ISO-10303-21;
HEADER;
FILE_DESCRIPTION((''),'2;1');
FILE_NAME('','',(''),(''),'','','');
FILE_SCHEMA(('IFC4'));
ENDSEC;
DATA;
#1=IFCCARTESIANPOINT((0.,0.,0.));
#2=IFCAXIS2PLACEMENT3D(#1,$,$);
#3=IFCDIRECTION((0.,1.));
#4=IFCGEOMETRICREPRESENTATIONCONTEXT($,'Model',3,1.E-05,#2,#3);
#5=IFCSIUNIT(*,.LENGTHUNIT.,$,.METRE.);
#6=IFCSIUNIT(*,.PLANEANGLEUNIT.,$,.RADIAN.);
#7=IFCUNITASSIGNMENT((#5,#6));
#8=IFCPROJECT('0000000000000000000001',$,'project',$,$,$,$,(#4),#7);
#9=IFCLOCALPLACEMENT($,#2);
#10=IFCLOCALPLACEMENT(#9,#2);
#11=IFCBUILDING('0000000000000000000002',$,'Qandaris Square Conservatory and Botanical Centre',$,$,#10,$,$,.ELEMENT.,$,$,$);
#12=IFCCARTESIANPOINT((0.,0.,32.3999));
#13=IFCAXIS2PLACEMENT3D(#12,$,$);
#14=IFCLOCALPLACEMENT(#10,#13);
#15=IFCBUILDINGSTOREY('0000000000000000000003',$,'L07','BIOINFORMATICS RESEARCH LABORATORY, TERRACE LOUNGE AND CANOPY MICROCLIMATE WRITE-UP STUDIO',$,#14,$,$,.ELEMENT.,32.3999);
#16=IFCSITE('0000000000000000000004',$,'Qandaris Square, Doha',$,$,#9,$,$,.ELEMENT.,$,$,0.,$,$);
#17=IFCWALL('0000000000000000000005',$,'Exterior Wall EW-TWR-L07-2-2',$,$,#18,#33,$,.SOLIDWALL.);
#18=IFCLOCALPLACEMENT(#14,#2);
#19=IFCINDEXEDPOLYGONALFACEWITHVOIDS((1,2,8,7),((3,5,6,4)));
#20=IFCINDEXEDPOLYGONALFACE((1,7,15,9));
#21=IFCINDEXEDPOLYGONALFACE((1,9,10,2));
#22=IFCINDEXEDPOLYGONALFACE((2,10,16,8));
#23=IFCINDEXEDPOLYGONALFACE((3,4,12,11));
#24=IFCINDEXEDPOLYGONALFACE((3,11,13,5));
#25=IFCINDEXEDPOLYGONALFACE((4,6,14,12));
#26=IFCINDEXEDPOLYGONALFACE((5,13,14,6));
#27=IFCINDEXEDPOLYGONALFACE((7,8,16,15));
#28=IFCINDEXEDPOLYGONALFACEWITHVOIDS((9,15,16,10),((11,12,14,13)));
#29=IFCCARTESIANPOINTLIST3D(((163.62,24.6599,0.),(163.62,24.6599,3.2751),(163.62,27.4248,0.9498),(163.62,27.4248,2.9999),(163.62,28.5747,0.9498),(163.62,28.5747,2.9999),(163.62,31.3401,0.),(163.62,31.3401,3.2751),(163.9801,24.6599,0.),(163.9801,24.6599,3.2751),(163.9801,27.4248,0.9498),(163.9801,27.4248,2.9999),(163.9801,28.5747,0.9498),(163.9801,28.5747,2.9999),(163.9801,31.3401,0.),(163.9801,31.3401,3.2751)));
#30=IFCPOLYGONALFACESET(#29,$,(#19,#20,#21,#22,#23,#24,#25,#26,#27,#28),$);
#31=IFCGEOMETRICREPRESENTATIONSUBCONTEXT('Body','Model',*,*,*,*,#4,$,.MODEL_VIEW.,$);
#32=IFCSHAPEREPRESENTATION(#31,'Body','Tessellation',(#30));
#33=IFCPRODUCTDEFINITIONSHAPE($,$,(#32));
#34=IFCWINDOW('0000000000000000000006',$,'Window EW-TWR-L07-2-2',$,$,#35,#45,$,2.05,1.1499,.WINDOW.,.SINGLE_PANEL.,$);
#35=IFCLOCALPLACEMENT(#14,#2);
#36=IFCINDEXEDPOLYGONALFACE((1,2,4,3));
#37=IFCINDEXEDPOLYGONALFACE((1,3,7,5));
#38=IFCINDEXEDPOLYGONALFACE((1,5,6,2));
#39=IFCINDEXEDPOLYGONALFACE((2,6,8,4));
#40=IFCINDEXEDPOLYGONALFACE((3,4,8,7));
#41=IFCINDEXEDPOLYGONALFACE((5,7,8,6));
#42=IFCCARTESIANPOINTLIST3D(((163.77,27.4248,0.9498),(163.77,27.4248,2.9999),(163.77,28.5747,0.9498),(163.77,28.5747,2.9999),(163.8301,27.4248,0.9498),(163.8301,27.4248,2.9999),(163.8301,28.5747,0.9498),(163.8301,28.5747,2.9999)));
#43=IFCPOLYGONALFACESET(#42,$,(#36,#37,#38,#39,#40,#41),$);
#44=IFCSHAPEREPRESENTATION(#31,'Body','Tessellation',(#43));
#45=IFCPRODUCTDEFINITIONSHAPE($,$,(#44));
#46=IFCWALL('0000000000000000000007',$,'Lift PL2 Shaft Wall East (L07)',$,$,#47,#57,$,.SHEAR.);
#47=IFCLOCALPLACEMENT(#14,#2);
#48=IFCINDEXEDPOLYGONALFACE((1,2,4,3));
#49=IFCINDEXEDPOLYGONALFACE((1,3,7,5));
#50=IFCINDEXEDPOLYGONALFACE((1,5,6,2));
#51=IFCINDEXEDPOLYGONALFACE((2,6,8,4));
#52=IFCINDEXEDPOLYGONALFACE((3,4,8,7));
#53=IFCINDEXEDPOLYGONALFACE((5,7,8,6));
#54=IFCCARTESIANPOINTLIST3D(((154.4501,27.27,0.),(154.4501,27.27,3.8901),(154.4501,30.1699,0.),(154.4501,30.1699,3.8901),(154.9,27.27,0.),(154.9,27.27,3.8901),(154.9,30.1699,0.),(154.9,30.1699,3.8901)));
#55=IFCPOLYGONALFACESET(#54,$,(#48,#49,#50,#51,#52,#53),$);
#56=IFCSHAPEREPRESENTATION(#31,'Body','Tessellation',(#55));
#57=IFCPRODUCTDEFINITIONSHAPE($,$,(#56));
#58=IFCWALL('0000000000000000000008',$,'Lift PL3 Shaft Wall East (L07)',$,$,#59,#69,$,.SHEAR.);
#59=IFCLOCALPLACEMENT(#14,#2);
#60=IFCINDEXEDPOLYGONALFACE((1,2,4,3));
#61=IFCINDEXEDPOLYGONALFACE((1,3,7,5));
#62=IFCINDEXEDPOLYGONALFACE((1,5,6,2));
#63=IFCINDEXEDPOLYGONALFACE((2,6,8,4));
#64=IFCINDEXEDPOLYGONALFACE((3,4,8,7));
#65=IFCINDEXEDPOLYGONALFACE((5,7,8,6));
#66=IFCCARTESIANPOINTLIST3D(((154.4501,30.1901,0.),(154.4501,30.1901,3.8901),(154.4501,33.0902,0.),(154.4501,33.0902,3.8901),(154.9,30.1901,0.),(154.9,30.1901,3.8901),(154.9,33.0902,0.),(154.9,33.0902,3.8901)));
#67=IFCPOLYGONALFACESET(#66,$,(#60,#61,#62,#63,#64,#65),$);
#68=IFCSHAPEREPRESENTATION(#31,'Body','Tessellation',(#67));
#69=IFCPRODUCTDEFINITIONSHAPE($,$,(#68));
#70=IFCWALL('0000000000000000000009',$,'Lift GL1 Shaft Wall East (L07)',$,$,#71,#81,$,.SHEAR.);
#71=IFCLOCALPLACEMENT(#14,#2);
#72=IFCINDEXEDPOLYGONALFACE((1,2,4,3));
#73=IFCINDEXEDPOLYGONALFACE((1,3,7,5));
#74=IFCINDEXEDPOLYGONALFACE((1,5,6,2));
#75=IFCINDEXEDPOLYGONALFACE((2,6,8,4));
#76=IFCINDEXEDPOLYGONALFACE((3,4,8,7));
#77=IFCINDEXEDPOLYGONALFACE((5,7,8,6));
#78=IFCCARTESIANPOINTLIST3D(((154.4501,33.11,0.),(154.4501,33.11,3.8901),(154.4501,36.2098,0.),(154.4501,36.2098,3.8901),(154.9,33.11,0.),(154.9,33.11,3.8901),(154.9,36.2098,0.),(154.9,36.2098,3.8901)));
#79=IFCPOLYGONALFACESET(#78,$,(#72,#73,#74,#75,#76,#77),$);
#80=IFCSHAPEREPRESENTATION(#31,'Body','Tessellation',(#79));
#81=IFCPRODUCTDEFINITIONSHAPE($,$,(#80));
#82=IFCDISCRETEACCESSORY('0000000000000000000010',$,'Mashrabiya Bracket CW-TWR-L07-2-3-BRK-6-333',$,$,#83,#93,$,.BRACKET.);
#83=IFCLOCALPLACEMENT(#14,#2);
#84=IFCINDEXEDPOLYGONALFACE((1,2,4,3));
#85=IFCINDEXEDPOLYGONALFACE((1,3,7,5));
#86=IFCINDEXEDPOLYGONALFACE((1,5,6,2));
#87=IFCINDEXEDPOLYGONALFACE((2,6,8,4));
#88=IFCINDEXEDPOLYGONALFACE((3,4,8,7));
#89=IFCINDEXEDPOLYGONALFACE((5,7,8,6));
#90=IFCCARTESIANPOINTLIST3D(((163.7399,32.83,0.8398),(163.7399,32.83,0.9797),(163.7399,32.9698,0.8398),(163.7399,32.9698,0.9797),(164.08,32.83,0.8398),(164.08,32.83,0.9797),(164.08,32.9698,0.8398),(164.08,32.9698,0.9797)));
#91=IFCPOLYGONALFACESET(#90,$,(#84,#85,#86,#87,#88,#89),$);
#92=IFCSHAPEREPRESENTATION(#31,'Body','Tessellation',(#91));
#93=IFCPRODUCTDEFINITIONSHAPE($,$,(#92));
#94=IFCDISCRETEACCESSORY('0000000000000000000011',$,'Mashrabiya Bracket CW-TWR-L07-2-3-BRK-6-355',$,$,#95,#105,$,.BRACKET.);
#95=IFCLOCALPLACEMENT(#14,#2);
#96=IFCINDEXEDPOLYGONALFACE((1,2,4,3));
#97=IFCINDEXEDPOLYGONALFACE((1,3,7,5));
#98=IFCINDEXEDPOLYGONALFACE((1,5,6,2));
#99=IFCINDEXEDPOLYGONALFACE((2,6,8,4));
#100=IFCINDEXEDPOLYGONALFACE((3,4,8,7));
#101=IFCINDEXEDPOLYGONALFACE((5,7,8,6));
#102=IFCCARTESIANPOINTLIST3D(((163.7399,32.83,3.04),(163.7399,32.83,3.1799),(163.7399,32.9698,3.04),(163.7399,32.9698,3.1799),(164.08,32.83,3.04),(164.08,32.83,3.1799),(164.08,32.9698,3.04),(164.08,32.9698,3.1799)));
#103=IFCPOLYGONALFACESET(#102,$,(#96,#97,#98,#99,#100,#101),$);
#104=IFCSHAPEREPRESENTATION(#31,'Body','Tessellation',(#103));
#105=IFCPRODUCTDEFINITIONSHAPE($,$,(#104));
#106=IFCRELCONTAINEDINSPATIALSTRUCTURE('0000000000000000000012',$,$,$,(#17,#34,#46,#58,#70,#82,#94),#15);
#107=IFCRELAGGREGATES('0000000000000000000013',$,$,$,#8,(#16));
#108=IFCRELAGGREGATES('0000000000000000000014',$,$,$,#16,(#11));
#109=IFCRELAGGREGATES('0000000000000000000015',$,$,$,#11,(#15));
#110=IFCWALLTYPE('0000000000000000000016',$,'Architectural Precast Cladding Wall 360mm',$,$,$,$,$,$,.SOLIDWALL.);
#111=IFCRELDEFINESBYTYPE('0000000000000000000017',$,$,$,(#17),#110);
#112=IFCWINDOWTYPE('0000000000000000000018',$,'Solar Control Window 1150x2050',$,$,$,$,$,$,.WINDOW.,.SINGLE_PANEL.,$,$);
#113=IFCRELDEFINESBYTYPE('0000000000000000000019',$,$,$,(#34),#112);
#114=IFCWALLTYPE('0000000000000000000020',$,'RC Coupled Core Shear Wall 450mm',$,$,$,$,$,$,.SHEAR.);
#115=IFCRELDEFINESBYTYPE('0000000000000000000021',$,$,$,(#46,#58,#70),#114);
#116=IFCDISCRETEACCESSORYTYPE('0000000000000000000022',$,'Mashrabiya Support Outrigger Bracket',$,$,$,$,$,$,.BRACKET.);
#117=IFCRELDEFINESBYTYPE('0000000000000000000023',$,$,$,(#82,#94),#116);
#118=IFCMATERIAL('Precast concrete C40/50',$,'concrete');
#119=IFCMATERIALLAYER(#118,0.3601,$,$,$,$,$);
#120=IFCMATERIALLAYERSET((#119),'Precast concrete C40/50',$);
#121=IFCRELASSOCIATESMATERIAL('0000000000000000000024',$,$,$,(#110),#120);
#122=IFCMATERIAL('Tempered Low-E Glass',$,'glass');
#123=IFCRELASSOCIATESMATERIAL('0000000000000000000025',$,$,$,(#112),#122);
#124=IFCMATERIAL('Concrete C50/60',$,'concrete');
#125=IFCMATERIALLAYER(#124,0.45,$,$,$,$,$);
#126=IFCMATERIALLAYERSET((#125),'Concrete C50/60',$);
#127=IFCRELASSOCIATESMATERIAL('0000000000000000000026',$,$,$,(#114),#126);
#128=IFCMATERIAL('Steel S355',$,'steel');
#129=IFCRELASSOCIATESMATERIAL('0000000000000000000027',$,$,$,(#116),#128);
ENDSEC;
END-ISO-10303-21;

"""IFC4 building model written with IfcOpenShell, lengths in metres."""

from ifc_helpers import new_model, si_unit, direction, frame, frame_2d, origin, origin_2d, place, context, subcontext, project, spatial, rectangle, extrude, material, layer, layer_set, type_object, element, fill, save


model = new_model("IFC4")

# Units and contexts
model_context = context("Model", 3, precision=1e-05, world=origin(), true_north=direction((0.0, 1.0)))
body_context = subcontext(model_context, "Body", "Model", "MODEL_VIEW")
ifc_project = project(units=[si_unit("LENGTHUNIT", "METRE"), si_unit("PLANEANGLEUNIT", "RADIAN")], contexts=[model_context])

# Site, building, storey
site_placement = place(None, origin())
site = spatial("IfcSite", under=ifc_project, at=site_placement, Name="Qandaris Square, Doha", CompositionType="ELEMENT", RefElevation=0.0)
building_placement = place(site_placement, origin())
building = spatial("IfcBuilding", under=site, at=building_placement, Name="Qandaris Square Conservatory and Botanical Centre", CompositionType="ELEMENT")
storey_placement = place(building_placement, frame((0.0, 0.0, 32.3999)))
storey = spatial("IfcBuildingStorey", under=building, at=storey_placement, Name="L07", Description="BIOINFORMATICS RESEARCH LABORATORY, TERRACE LOUNGE AND CANOPY MICROCLIMATE WRITE-UP STUDIO", CompositionType="ELEMENT", Elevation=32.3999)

# Shared definitions
ifc_material_1 = material(Name="Concrete C50/60", Category="concrete")

# Shared definitions
ifc_material_2 = material(Name="Steel S355", Category="steel")

# Shared definitions
ifc_material_3 = material(Name="Tempered Low-E Glass", Category="glass")

# Wall, opening, window
ifc_material_4 = material(Name="Precast concrete C40/50", Category="concrete")
ifc_layer_1 = layer(ifc_material_4, 0.3601)
ifc_layer_set_1 = layer_set([ifc_layer_1], Name="Precast concrete C40/50")
wall_type_1 = type_object("IfcWallType", Name="Architectural Precast Cladding Wall 360mm", PredefinedType="SOLIDWALL", material=ifc_layer_set_1)
wall_1_placement = place(storey_placement, frame((163.8, 24.6599, 0.0), z_axis=(0.0, 0.0, 1.0), x_axis=(0.0, 1.0, 0.0)))
wall_1 = element("IfcWall", 1, at=wall_1_placement, inside=storey, type_object=wall_type_1, Name="Exterior Wall EW-TWR-L07-2-2", PredefinedType="SOLIDWALL", context=body_context, shape_type="SweptSolid", body=[
    extrude(rectangle(XDim=6.6802, YDim=0.3601, at=frame_2d((3.3401, 0.0))), origin(), (0.0, 0.0, 1.0), 3.2751),
])
opening_1_placement = place(wall_1_placement, frame((2.7649, 0.0, 0.95)))
opening_1 = element("IfcOpeningElement", 2, at=opening_1_placement, cuts=wall_1, PredefinedType="OPENING", context=body_context, shape_type="SweptSolid", body=[
    extrude(rectangle(XDim=1.1499, YDim=2.05, at=frame_2d((0.575, 1.0249))), frame((0.0, 0.1919, 0.0), z_axis=(0.0, -1.0, 0.0), x_axis=(1.0, 0.0, 0.0)), (0.0, 0.0, 1.0), 0.384),
])
window_type_1 = type_object("IfcWindowType", Name="Solar Control Window 1150x2050", PartitioningType="SINGLE_PANEL", PredefinedType="WINDOW", material=ifc_material_3)
window_1_placement = place(opening_1_placement, origin())
window_1 = element("IfcWindow", 3, at=window_1_placement, inside=storey, type_object=window_type_1, Name="Window EW-TWR-L07-2-2", OverallHeight=2.05, OverallWidth=1.1499, PartitioningType="SINGLE_PANEL", PredefinedType="WINDOW", context=body_context, shape_type="SweptSolid", body=[
    extrude(rectangle(XDim=1.1499, YDim=2.05, at=frame_2d((0.575, 1.0249))), frame((0.0, 0.03, 0.0), z_axis=(0.0, -1.0, 0.0), x_axis=(1.0, 0.0, 0.0)), (0.0, 0.0, 1.0), 0.0601),
])
fill(opening_1, window_1)

# Walls
ifc_layer_2 = layer(ifc_material_1, 0.45)
ifc_layer_set_2 = layer_set([ifc_layer_2], Name="Concrete C50/60")
wall_type_2 = type_object("IfcWallType", Name="RC Coupled Core Shear Wall 450mm", PredefinedType="SHEAR", material=ifc_layer_set_2)
wall_2_placement = place(storey_placement, frame((154.675, 27.27, 0.0), z_axis=(0.0, 0.0, 1.0), x_axis=(0.0, 1.0, 0.0)))
element("IfcWall", 4, at=wall_2_placement, inside=storey, type_object=wall_type_2, Name="Lift PL2 Shaft Wall East (L07)", PredefinedType="SHEAR", context=body_context, shape_type="SweptSolid", body=[
    extrude(rectangle(XDim=2.8999, YDim=0.45, at=frame_2d((1.45, 0.0))), origin(), (0.0, 0.0, 1.0), 3.8901),
])
wall_3_placement = place(storey_placement, frame((154.675, 30.1899, 0.0), z_axis=(0.0, 0.0, 1.0), x_axis=(0.0, 1.0, 0.0)))
element("IfcWall", 5, at=wall_3_placement, inside=storey, type_object=wall_type_2, Name="Lift PL3 Shaft Wall East (L07)", PredefinedType="SHEAR", context=body_context, shape_type="SweptSolid", body=[
    extrude(rectangle(XDim=2.9001, YDim=0.45, at=frame_2d((1.4502, 0.0))), origin(), (0.0, 0.0, 1.0), 3.8901),
])
wall_4_placement = place(storey_placement, frame((154.675, 33.1101, 0.0), z_axis=(0.0, 0.0, 1.0), x_axis=(0.0, 1.0, 0.0)))
element("IfcWall", 6, at=wall_4_placement, inside=storey, type_object=wall_type_2, Name="Lift GL1 Shaft Wall East (L07)", PredefinedType="SHEAR", context=body_context, shape_type="SweptSolid", body=[
    extrude(rectangle(XDim=3.0999, YDim=0.45, at=frame_2d((1.5498, 0.0))), origin(), (0.0, 0.0, 1.0), 3.8901),
])

# Discrete accessories
discrete_accessory_type = type_object("IfcDiscreteAccessoryType", Name="Mashrabiya Support Outrigger Bracket", PredefinedType="BRACKET", material=ifc_material_2)
for number, where, z_axis, x_axis, name in (
    (7, (163.9099, 32.8999, 0.8398), (0.0, 0.0, 1.0), (0.0, 1.0, 0.0), "Mashrabiya Bracket CW-TWR-L07-2-3-BRK-6-333"),
    (8, (163.9099, 32.8999, 3.04), (0.0, 0.0, 1.0), (0.0, 1.0, 0.0), "Mashrabiya Bracket CW-TWR-L07-2-3-BRK-6-355"),
):
    element("IfcDiscreteAccessory", number, at=place(storey_placement, frame(where, z_axis=z_axis, x_axis=x_axis)), inside=storey, type_object=discrete_accessory_type, Name=name, PredefinedType="BRACKET", context=body_context, shape_type="SweptSolid", body=[
        extrude(rectangle(XDim=0.1399, YDim=0.3401, at=origin_2d()), origin(), (0.0, 0.0, 1.0), 0.1399),
    ])

save(model, "model.ifc")
